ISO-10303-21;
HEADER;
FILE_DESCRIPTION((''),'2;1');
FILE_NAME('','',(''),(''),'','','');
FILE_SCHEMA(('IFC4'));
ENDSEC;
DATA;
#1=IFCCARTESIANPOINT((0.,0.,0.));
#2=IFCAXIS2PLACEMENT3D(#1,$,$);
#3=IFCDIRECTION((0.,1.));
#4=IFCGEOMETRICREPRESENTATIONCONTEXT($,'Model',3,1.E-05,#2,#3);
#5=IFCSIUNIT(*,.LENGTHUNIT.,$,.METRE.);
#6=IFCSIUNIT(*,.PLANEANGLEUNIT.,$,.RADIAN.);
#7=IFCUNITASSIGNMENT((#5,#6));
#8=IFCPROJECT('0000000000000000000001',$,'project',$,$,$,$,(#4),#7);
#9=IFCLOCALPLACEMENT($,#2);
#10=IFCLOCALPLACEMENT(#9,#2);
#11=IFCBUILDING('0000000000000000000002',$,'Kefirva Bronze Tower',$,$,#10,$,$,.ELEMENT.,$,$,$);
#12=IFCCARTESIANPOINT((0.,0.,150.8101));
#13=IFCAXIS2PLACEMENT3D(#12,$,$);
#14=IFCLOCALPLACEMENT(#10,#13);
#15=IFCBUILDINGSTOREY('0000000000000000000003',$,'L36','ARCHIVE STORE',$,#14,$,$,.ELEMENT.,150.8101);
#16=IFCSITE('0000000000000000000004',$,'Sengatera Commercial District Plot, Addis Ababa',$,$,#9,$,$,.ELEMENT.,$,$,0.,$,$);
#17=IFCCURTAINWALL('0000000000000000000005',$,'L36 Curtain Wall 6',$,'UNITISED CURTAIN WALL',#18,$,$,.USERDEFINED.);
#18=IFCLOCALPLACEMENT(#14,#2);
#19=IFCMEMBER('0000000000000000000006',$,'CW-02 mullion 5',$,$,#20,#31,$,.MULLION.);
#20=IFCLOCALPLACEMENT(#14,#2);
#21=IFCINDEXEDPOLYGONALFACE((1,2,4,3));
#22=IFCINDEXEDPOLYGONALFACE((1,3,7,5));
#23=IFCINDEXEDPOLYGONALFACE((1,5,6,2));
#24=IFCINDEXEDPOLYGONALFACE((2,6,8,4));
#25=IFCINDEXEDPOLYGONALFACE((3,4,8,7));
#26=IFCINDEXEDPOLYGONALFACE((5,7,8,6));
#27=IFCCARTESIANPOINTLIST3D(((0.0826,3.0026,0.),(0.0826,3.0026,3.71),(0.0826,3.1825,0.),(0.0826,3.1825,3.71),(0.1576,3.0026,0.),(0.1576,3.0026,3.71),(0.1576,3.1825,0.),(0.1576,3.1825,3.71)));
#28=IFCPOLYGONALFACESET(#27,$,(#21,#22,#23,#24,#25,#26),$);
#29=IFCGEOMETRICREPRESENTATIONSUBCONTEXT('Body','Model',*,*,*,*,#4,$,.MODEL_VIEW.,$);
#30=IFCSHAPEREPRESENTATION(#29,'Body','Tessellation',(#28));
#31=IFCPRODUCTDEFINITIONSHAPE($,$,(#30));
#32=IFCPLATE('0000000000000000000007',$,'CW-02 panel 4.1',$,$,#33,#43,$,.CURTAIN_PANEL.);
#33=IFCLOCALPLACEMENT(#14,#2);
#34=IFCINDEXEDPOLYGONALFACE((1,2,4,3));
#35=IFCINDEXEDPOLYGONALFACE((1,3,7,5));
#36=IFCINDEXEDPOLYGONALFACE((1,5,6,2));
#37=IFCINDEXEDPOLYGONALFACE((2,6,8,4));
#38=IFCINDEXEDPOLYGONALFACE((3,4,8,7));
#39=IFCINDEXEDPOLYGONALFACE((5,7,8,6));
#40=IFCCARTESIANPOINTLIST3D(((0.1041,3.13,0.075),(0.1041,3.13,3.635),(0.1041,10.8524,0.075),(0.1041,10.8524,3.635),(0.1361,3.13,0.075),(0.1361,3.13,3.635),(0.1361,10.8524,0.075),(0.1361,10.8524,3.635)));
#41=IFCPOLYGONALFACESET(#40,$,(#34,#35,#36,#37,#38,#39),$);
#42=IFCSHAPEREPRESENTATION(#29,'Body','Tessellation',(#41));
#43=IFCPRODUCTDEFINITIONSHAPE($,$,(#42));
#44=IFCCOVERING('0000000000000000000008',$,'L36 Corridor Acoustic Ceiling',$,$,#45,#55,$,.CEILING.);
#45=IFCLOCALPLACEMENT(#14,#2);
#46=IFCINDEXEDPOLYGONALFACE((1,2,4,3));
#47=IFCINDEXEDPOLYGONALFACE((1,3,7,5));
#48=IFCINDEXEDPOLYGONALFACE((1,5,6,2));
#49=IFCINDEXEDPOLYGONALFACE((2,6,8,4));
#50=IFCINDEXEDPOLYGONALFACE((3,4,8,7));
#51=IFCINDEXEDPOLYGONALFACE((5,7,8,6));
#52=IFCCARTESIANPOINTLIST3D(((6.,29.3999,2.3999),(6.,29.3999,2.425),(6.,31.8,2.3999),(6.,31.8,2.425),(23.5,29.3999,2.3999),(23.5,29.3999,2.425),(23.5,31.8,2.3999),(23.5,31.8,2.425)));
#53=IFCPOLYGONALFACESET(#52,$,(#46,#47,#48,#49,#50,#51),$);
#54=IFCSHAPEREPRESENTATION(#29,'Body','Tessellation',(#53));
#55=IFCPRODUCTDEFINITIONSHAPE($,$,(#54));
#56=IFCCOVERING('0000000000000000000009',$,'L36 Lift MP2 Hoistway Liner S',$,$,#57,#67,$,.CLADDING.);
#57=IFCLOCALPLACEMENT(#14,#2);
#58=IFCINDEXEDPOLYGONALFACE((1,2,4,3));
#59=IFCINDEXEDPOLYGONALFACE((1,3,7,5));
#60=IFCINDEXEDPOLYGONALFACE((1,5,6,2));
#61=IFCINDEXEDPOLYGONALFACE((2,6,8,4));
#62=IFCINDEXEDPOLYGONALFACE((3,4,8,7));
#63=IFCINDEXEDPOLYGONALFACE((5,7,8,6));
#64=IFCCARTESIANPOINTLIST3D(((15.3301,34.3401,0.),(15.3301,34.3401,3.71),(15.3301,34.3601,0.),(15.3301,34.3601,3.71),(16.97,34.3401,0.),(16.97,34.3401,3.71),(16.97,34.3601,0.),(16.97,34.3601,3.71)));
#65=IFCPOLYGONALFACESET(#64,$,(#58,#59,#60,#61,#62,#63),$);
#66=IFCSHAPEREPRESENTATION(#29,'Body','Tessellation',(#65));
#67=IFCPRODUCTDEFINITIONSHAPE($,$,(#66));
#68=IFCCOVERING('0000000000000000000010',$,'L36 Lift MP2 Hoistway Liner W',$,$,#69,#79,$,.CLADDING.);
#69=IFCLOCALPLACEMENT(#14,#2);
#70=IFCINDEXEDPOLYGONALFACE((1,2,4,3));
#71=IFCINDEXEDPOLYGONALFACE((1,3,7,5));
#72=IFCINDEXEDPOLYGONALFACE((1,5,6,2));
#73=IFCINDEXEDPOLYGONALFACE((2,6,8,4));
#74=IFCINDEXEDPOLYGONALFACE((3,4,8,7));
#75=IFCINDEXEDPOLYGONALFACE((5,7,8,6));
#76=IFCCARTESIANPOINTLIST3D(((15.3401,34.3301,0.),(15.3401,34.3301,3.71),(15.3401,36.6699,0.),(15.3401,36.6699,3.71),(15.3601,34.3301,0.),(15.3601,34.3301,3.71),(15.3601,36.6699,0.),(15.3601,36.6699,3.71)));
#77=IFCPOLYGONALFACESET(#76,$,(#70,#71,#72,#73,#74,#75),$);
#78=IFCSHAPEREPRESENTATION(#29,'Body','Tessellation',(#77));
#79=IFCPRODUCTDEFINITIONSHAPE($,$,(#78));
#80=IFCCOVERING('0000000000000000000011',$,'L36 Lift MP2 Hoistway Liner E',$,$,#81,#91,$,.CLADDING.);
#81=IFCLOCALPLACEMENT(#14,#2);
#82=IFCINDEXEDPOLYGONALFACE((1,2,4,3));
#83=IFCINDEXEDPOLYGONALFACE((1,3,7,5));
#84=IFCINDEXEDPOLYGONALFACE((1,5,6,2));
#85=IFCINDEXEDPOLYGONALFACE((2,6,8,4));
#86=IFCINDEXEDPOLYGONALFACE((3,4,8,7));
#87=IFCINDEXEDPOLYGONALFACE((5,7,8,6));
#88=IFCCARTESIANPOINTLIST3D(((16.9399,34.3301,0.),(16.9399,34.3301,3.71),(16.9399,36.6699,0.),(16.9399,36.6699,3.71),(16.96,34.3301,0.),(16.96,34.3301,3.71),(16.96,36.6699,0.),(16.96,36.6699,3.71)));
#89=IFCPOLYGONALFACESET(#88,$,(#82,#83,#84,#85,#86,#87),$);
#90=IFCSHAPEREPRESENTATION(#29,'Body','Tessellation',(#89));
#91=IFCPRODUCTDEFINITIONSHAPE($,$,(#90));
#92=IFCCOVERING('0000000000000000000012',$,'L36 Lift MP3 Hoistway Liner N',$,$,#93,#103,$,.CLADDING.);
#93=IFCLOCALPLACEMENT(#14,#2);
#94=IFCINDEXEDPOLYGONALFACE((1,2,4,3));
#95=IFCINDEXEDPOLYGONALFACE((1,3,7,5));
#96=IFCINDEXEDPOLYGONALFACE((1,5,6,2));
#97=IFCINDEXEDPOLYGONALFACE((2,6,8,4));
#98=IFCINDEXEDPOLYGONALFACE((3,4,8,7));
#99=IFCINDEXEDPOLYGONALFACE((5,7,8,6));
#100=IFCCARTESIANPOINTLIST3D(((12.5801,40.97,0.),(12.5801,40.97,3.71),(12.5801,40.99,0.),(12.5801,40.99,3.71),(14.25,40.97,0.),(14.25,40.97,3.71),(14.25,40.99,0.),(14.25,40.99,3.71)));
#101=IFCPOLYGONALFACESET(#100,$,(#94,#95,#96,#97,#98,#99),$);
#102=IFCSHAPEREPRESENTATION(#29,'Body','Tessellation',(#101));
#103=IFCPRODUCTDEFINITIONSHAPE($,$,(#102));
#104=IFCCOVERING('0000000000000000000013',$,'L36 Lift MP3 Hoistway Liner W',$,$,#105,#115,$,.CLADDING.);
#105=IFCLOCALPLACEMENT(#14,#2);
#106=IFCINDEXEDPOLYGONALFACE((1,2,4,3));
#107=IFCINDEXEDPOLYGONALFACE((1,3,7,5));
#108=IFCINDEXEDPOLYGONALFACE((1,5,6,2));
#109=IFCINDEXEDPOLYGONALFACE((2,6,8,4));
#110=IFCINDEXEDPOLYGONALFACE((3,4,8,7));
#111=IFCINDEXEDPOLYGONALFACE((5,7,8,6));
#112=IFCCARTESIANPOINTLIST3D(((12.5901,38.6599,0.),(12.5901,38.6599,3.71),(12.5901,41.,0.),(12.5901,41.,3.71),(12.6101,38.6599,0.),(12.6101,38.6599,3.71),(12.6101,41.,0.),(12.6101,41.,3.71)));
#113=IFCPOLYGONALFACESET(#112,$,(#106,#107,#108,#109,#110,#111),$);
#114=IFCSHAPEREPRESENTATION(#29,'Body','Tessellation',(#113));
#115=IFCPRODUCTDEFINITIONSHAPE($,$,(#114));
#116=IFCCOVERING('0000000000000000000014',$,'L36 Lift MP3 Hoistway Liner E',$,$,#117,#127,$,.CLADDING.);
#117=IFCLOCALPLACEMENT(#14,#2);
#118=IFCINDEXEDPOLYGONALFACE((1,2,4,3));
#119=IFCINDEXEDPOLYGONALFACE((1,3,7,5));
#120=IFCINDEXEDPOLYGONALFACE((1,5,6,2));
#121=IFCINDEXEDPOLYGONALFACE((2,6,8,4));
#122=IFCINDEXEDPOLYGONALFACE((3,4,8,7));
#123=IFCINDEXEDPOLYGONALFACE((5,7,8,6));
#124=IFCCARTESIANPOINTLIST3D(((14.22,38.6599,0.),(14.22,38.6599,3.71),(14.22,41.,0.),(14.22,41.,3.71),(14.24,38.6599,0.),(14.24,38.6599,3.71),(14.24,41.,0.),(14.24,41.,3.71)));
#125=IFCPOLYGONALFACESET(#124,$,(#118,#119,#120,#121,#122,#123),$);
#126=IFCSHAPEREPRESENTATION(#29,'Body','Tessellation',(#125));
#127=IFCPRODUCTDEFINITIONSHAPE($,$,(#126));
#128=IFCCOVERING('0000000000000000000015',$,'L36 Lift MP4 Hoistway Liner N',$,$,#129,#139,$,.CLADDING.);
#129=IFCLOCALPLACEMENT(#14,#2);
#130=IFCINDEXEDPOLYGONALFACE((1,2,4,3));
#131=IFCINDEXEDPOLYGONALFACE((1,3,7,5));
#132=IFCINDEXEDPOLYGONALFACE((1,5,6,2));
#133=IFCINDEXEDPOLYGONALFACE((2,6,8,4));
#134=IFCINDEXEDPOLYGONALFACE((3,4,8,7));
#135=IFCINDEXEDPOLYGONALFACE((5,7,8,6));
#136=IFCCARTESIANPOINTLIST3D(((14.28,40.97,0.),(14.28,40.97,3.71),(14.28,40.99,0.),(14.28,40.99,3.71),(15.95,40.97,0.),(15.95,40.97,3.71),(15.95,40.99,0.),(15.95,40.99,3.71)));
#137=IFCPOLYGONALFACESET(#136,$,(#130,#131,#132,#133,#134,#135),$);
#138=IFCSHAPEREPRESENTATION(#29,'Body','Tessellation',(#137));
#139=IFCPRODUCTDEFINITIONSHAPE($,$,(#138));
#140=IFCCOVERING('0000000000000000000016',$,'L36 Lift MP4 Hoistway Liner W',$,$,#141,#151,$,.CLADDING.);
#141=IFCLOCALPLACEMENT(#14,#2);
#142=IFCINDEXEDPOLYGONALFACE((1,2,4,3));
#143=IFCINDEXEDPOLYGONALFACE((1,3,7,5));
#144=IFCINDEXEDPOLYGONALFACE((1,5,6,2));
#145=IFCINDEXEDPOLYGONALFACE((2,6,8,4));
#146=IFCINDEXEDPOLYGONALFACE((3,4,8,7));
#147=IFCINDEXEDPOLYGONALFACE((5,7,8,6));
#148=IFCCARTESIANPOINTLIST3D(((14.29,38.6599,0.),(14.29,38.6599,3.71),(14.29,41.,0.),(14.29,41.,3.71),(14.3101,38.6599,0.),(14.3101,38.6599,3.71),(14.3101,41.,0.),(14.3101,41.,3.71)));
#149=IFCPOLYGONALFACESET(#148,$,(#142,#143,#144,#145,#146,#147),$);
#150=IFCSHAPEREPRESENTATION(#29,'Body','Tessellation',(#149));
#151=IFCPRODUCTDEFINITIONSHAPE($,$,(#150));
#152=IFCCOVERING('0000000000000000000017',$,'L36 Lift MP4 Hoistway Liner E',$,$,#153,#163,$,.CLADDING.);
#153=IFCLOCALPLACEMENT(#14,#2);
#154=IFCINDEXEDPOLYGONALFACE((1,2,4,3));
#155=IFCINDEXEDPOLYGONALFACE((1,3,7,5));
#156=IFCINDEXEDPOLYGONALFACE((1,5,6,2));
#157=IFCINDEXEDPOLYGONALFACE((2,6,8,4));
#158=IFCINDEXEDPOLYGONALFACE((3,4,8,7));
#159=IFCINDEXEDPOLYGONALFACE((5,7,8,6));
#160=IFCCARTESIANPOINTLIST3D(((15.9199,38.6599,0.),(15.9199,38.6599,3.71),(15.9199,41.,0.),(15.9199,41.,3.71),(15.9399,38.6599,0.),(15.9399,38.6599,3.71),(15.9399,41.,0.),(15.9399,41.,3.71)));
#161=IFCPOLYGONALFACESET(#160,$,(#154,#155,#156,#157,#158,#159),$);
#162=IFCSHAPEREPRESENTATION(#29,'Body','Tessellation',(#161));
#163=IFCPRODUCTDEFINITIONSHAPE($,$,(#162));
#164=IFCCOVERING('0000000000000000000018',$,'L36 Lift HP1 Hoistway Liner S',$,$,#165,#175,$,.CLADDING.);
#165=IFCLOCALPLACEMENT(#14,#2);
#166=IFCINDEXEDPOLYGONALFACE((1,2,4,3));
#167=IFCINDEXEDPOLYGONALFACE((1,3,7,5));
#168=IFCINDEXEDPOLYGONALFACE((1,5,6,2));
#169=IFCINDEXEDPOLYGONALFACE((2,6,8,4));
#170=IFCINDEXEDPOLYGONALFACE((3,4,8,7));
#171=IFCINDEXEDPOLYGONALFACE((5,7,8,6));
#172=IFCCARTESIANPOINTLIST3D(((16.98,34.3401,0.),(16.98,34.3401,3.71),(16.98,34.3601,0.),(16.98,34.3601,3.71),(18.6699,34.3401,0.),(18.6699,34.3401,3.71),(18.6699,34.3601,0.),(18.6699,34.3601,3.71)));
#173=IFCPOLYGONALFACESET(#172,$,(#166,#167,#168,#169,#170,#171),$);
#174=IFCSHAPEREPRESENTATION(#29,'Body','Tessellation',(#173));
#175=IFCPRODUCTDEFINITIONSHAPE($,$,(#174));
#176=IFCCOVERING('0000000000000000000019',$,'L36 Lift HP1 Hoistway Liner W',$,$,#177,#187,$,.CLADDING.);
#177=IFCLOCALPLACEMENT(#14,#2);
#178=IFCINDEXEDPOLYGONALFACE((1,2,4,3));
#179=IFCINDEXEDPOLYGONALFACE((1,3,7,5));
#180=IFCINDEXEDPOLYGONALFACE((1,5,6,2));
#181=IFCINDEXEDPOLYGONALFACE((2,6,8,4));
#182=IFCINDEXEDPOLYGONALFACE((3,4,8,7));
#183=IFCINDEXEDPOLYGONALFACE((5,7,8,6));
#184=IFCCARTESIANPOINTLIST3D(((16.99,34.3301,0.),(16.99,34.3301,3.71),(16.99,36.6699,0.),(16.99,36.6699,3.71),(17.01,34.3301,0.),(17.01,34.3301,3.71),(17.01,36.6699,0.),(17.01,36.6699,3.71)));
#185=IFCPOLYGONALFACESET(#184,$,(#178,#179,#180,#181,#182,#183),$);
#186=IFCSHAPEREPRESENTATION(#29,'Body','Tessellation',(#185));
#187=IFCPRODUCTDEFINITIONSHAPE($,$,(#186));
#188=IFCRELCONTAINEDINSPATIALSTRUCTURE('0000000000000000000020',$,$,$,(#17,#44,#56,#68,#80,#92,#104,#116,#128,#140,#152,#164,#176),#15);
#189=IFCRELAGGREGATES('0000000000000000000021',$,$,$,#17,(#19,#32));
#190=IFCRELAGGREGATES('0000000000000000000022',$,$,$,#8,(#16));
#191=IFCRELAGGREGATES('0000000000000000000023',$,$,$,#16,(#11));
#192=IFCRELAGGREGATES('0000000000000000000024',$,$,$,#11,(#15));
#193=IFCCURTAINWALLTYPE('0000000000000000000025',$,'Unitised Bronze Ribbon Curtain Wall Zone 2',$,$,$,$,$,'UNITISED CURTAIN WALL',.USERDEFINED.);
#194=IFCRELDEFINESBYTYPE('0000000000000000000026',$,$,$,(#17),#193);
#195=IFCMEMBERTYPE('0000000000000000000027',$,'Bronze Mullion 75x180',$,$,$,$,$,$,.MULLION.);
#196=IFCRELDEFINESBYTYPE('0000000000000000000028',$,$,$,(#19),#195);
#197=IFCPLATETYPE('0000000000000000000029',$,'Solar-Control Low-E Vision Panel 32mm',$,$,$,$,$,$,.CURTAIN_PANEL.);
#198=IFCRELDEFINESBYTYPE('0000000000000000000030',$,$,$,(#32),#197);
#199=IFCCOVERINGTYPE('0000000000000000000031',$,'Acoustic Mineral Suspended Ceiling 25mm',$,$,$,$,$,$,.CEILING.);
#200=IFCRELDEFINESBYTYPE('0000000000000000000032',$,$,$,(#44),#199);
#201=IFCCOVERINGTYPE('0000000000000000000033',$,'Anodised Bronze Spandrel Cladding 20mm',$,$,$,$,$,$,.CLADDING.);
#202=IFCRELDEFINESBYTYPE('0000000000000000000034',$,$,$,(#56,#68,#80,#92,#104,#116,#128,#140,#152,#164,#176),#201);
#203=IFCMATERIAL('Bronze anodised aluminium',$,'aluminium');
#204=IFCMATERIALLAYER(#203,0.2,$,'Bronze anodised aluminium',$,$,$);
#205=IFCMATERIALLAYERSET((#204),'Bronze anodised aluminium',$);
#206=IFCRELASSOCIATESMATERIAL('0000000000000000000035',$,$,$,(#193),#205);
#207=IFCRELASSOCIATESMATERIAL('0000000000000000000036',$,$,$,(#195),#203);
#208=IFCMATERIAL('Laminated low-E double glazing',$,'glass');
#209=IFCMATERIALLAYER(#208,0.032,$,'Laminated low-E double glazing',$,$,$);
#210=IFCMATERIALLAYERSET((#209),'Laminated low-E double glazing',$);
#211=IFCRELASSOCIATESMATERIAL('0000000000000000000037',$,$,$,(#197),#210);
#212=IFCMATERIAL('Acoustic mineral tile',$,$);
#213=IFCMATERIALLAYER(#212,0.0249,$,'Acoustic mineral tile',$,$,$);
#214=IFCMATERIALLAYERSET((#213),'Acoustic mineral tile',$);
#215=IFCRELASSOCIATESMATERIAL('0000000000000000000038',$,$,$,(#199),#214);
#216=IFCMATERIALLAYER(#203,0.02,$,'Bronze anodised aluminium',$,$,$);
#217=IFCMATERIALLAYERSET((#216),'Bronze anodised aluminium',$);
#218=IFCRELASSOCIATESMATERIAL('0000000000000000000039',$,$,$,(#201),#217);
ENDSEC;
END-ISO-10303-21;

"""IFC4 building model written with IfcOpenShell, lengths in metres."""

from ifc_helpers import new_model, si_unit, direction, frame, origin, origin_2d, place, context, subcontext, project, spatial, polyline, rectangle, outline, extrude, material, layer, layer_set, material_profile, profile_set, type_object, element, aggregate, save


model = new_model("IFC4")

# Units and contexts
model_context = context("Model", 3, precision=1e-05, world=origin(), true_north=direction((0.0, 1.0)))
body_context = subcontext(model_context, "Body", "Model", "MODEL_VIEW")
ifc_project = project(units=[si_unit("LENGTHUNIT", "METRE"), si_unit("PLANEANGLEUNIT", "RADIAN")], contexts=[model_context])

# Site, building, storey
site_placement = place(None, origin())
site = spatial("IfcSite", under=ifc_project, at=site_placement, Name="Sengatera Commercial District Plot, Addis Ababa", CompositionType="ELEMENT", RefElevation=0.0)
building_placement = place(site_placement, origin())
building = spatial("IfcBuilding", under=site, at=building_placement, Name="Kefirva Bronze Tower", CompositionType="ELEMENT")
storey_placement = place(building_placement, frame((0.0, 0.0, 150.8101)))
storey = spatial("IfcBuildingStorey", under=building, at=storey_placement, Name="L36", Description="ARCHIVE STORE", CompositionType="ELEMENT", Elevation=150.8101)

# Curtain wall, member, plate
ifc_material_1 = material(Name="Bronze anodised aluminium", Category="aluminium")
ifc_layer_1 = layer(ifc_material_1, 0.2, Name="Bronze anodised aluminium")
ifc_layer_set_1 = layer_set([ifc_layer_1], Name="Bronze anodised aluminium")
curtain_wall_type = type_object("IfcCurtainWallType", Name="Unitised Bronze Ribbon Curtain Wall Zone 2", ElementType="UNITISED CURTAIN WALL", PredefinedType="USERDEFINED", material=ifc_layer_set_1)
curtain_wall_placement = place(storey_placement, origin())
curtain_wall = element("IfcCurtainWall", 1, at=curtain_wall_placement, inside=storey, type_object=curtain_wall_type, Name="L36 Curtain Wall 6", ObjectType="UNITISED CURTAIN WALL", PredefinedType="USERDEFINED")
ifc_material_profile = material_profile(ifc_material_1, rectangle(XDim=0.075, YDim=0.1799, at=origin_2d()), Name="ALU 75x180")
ifc_profile_set = profile_set([ifc_material_profile], Name="Bronze anodised aluminium")
member_type = type_object("IfcMemberType", Name="Bronze Mullion 75x180", PredefinedType="MULLION", material=ifc_profile_set)
member_placement = place(storey_placement, frame((0.1201, 3.0925, 0.0), z_axis=(0.0, 0.0, 1.0), x_axis=(1.0, 0.0, 0.0)))
member = element("IfcMember", 2, at=member_placement, type_object=member_type, Name="CW-02 mullion 5", PredefinedType="MULLION", context=body_context, shape_type="SweptSolid", body=[
    extrude(rectangle(XDim=0.075, YDim=0.1799, at=origin_2d()), origin(), (0.0, 0.0, 1.0), 3.71),
])
ifc_material_2 = material(Name="Laminated low-E double glazing", Category="glass")
ifc_layer_2 = layer(ifc_material_2, 0.032, Name="Laminated low-E double glazing")
ifc_layer_set_2 = layer_set([ifc_layer_2], Name="Laminated low-E double glazing")
plate_type = type_object("IfcPlateType", Name="Solar-Control Low-E Vision Panel 32mm", PredefinedType="CURTAIN_PANEL", material=ifc_layer_set_2)
plate_placement = place(storey_placement, frame((0.1201, 6.9912, 0.075), z_axis=(0.0, 0.0, 1.0), x_axis=(0.0, -1.0, 0.0)))
plate = element("IfcPlate", 3, at=plate_placement, type_object=plate_type, Name="CW-02 panel 4.1", PredefinedType="CURTAIN_PANEL", context=body_context, shape_type="SweptSolid", body=[
    extrude(rectangle(XDim=7.7224, YDim=0.032, at=origin_2d()), origin(), (0.0, 0.0, 1.0), 3.5601),
])
aggregate(curtain_wall, [member, plate])

# Coverings
ifc_material_3 = material(Name="Acoustic mineral tile")
ifc_layer_3 = layer(ifc_material_3, 0.0249, Name="Acoustic mineral tile")
ifc_layer_set_3 = layer_set([ifc_layer_3], Name="Acoustic mineral tile")
covering_type_1 = type_object("IfcCoveringType", Name="Acoustic Mineral Suspended Ceiling 25mm", PredefinedType="CEILING", material=ifc_layer_set_3)
covering_1_placement = place(storey_placement, frame((0.0, 0.0, 2.3999)))
element("IfcCovering", 4, at=covering_1_placement, inside=storey, type_object=covering_type_1, Name="L36 Corridor Acoustic Ceiling", PredefinedType="CEILING", context=body_context, shape_type="SweptSolid", body=[
    extrude(outline(polyline([(6.0, 29.3999), (23.5, 29.3999), (23.5, 31.8), (6.0, 31.8), (6.0, 29.3999)])), origin(), (0.0, 0.0, 1.0), 0.0251),
])
ifc_layer_4 = layer(ifc_material_1, 0.02, Name="Bronze anodised aluminium")
ifc_layer_set_4 = layer_set([ifc_layer_4], Name="Bronze anodised aluminium")
covering_type_2 = type_object("IfcCoveringType", Name="Anodised Bronze Spandrel Cladding 20mm", PredefinedType="CLADDING", material=ifc_layer_set_4)
covering_2_placement = place(storey_placement, origin())
element("IfcCovering", 5, at=covering_2_placement, inside=storey, type_object=covering_type_2, Name="L36 Lift MP2 Hoistway Liner S", PredefinedType="CLADDING", context=body_context, shape_type="SweptSolid", body=[
    extrude(outline(polyline([(15.3301, 34.3401), (16.97, 34.3401), (16.97, 34.3601), (15.3301, 34.3601), (15.3301, 34.3401)])), origin(), (0.0, 0.0, 1.0), 3.71),
])
covering_3_placement = place(storey_placement, origin())
element("IfcCovering", 6, at=covering_3_placement, inside=storey, type_object=covering_type_2, Name="L36 Lift MP2 Hoistway Liner W", PredefinedType="CLADDING", context=body_context, shape_type="SweptSolid", body=[
    extrude(outline(polyline([(15.3401, 34.3301), (15.3601, 34.3301), (15.3601, 36.6699), (15.3401, 36.6699), (15.3401, 34.3301)])), origin(), (0.0, 0.0, 1.0), 3.71),
])
covering_4_placement = place(storey_placement, origin())
element("IfcCovering", 7, at=covering_4_placement, inside=storey, type_object=covering_type_2, Name="L36 Lift MP2 Hoistway Liner E", PredefinedType="CLADDING", context=body_context, shape_type="SweptSolid", body=[
    extrude(outline(polyline([(16.9399, 34.3301), (16.96, 34.3301), (16.96, 36.6699), (16.9399, 36.6699), (16.9399, 34.3301)])), origin(), (0.0, 0.0, 1.0), 3.71),
])
covering_5_placement = place(storey_placement, origin())
element("IfcCovering", 8, at=covering_5_placement, inside=storey, type_object=covering_type_2, Name="L36 Lift MP3 Hoistway Liner N", PredefinedType="CLADDING", context=body_context, shape_type="SweptSolid", body=[
    extrude(outline(polyline([(12.5801, 40.97), (14.25, 40.97), (14.25, 40.99), (12.5801, 40.99), (12.5801, 40.97)])), origin(), (0.0, 0.0, 1.0), 3.71),
])
covering_6_placement = place(storey_placement, origin())
element("IfcCovering", 9, at=covering_6_placement, inside=storey, type_object=covering_type_2, Name="L36 Lift MP3 Hoistway Liner W", PredefinedType="CLADDING", context=body_context, shape_type="SweptSolid", body=[
    extrude(outline(polyline([(12.5901, 38.6599), (12.6101, 38.6599), (12.6101, 41.0), (12.5901, 41.0), (12.5901, 38.6599)])), origin(), (0.0, 0.0, 1.0), 3.71),
])
covering_7_placement = place(storey_placement, origin())
element("IfcCovering", 10, at=covering_7_placement, inside=storey, type_object=covering_type_2, Name="L36 Lift MP3 Hoistway Liner E", PredefinedType="CLADDING", context=body_context, shape_type="SweptSolid", body=[
    extrude(outline(polyline([(14.22, 38.6599), (14.24, 38.6599), (14.24, 41.0), (14.22, 41.0), (14.22, 38.6599)])), origin(), (0.0, 0.0, 1.0), 3.71),
])
covering_8_placement = place(storey_placement, origin())
element("IfcCovering", 11, at=covering_8_placement, inside=storey, type_object=covering_type_2, Name="L36 Lift MP4 Hoistway Liner N", PredefinedType="CLADDING", context=body_context, shape_type="SweptSolid", body=[
    extrude(outline(polyline([(14.28, 40.97), (15.95, 40.97), (15.95, 40.99), (14.28, 40.99), (14.28, 40.97)])), origin(), (0.0, 0.0, 1.0), 3.71),
])
covering_9_placement = place(storey_placement, origin())
element("IfcCovering", 12, at=covering_9_placement, inside=storey, type_object=covering_type_2, Name="L36 Lift MP4 Hoistway Liner W", PredefinedType="CLADDING", context=body_context, shape_type="SweptSolid", body=[
    extrude(outline(polyline([(14.29, 38.6599), (14.3101, 38.6599), (14.3101, 41.0), (14.29, 41.0), (14.29, 38.6599)])), origin(), (0.0, 0.0, 1.0), 3.71),
])
covering_10_placement = place(storey_placement, origin())
element("IfcCovering", 13, at=covering_10_placement, inside=storey, type_object=covering_type_2, Name="L36 Lift MP4 Hoistway Liner E", PredefinedType="CLADDING", context=body_context, shape_type="SweptSolid", body=[
    extrude(outline(polyline([(15.9199, 38.6599), (15.9399, 38.6599), (15.9399, 41.0), (15.9199, 41.0), (15.9199, 38.6599)])), origin(), (0.0, 0.0, 1.0), 3.71),
])
covering_11_placement = place(storey_placement, origin())
element("IfcCovering", 14, at=covering_11_placement, inside=storey, type_object=covering_type_2, Name="L36 Lift HP1 Hoistway Liner S", PredefinedType="CLADDING", context=body_context, shape_type="SweptSolid", body=[
    extrude(outline(polyline([(16.98, 34.3401), (18.6699, 34.3401), (18.6699, 34.3601), (16.98, 34.3601), (16.98, 34.3401)])), origin(), (0.0, 0.0, 1.0), 3.71),
])
covering_12_placement = place(storey_placement, origin())
element("IfcCovering", 15, at=covering_12_placement, inside=storey, type_object=covering_type_2, Name="L36 Lift HP1 Hoistway Liner W", PredefinedType="CLADDING", context=body_context, shape_type="SweptSolid", body=[
    extrude(outline(polyline([(16.99, 34.3301), (17.01, 34.3301), (17.01, 36.6699), (16.99, 36.6699), (16.99, 34.3301)])), origin(), (0.0, 0.0, 1.0), 3.71),
])

save(model, "model.ifc")
